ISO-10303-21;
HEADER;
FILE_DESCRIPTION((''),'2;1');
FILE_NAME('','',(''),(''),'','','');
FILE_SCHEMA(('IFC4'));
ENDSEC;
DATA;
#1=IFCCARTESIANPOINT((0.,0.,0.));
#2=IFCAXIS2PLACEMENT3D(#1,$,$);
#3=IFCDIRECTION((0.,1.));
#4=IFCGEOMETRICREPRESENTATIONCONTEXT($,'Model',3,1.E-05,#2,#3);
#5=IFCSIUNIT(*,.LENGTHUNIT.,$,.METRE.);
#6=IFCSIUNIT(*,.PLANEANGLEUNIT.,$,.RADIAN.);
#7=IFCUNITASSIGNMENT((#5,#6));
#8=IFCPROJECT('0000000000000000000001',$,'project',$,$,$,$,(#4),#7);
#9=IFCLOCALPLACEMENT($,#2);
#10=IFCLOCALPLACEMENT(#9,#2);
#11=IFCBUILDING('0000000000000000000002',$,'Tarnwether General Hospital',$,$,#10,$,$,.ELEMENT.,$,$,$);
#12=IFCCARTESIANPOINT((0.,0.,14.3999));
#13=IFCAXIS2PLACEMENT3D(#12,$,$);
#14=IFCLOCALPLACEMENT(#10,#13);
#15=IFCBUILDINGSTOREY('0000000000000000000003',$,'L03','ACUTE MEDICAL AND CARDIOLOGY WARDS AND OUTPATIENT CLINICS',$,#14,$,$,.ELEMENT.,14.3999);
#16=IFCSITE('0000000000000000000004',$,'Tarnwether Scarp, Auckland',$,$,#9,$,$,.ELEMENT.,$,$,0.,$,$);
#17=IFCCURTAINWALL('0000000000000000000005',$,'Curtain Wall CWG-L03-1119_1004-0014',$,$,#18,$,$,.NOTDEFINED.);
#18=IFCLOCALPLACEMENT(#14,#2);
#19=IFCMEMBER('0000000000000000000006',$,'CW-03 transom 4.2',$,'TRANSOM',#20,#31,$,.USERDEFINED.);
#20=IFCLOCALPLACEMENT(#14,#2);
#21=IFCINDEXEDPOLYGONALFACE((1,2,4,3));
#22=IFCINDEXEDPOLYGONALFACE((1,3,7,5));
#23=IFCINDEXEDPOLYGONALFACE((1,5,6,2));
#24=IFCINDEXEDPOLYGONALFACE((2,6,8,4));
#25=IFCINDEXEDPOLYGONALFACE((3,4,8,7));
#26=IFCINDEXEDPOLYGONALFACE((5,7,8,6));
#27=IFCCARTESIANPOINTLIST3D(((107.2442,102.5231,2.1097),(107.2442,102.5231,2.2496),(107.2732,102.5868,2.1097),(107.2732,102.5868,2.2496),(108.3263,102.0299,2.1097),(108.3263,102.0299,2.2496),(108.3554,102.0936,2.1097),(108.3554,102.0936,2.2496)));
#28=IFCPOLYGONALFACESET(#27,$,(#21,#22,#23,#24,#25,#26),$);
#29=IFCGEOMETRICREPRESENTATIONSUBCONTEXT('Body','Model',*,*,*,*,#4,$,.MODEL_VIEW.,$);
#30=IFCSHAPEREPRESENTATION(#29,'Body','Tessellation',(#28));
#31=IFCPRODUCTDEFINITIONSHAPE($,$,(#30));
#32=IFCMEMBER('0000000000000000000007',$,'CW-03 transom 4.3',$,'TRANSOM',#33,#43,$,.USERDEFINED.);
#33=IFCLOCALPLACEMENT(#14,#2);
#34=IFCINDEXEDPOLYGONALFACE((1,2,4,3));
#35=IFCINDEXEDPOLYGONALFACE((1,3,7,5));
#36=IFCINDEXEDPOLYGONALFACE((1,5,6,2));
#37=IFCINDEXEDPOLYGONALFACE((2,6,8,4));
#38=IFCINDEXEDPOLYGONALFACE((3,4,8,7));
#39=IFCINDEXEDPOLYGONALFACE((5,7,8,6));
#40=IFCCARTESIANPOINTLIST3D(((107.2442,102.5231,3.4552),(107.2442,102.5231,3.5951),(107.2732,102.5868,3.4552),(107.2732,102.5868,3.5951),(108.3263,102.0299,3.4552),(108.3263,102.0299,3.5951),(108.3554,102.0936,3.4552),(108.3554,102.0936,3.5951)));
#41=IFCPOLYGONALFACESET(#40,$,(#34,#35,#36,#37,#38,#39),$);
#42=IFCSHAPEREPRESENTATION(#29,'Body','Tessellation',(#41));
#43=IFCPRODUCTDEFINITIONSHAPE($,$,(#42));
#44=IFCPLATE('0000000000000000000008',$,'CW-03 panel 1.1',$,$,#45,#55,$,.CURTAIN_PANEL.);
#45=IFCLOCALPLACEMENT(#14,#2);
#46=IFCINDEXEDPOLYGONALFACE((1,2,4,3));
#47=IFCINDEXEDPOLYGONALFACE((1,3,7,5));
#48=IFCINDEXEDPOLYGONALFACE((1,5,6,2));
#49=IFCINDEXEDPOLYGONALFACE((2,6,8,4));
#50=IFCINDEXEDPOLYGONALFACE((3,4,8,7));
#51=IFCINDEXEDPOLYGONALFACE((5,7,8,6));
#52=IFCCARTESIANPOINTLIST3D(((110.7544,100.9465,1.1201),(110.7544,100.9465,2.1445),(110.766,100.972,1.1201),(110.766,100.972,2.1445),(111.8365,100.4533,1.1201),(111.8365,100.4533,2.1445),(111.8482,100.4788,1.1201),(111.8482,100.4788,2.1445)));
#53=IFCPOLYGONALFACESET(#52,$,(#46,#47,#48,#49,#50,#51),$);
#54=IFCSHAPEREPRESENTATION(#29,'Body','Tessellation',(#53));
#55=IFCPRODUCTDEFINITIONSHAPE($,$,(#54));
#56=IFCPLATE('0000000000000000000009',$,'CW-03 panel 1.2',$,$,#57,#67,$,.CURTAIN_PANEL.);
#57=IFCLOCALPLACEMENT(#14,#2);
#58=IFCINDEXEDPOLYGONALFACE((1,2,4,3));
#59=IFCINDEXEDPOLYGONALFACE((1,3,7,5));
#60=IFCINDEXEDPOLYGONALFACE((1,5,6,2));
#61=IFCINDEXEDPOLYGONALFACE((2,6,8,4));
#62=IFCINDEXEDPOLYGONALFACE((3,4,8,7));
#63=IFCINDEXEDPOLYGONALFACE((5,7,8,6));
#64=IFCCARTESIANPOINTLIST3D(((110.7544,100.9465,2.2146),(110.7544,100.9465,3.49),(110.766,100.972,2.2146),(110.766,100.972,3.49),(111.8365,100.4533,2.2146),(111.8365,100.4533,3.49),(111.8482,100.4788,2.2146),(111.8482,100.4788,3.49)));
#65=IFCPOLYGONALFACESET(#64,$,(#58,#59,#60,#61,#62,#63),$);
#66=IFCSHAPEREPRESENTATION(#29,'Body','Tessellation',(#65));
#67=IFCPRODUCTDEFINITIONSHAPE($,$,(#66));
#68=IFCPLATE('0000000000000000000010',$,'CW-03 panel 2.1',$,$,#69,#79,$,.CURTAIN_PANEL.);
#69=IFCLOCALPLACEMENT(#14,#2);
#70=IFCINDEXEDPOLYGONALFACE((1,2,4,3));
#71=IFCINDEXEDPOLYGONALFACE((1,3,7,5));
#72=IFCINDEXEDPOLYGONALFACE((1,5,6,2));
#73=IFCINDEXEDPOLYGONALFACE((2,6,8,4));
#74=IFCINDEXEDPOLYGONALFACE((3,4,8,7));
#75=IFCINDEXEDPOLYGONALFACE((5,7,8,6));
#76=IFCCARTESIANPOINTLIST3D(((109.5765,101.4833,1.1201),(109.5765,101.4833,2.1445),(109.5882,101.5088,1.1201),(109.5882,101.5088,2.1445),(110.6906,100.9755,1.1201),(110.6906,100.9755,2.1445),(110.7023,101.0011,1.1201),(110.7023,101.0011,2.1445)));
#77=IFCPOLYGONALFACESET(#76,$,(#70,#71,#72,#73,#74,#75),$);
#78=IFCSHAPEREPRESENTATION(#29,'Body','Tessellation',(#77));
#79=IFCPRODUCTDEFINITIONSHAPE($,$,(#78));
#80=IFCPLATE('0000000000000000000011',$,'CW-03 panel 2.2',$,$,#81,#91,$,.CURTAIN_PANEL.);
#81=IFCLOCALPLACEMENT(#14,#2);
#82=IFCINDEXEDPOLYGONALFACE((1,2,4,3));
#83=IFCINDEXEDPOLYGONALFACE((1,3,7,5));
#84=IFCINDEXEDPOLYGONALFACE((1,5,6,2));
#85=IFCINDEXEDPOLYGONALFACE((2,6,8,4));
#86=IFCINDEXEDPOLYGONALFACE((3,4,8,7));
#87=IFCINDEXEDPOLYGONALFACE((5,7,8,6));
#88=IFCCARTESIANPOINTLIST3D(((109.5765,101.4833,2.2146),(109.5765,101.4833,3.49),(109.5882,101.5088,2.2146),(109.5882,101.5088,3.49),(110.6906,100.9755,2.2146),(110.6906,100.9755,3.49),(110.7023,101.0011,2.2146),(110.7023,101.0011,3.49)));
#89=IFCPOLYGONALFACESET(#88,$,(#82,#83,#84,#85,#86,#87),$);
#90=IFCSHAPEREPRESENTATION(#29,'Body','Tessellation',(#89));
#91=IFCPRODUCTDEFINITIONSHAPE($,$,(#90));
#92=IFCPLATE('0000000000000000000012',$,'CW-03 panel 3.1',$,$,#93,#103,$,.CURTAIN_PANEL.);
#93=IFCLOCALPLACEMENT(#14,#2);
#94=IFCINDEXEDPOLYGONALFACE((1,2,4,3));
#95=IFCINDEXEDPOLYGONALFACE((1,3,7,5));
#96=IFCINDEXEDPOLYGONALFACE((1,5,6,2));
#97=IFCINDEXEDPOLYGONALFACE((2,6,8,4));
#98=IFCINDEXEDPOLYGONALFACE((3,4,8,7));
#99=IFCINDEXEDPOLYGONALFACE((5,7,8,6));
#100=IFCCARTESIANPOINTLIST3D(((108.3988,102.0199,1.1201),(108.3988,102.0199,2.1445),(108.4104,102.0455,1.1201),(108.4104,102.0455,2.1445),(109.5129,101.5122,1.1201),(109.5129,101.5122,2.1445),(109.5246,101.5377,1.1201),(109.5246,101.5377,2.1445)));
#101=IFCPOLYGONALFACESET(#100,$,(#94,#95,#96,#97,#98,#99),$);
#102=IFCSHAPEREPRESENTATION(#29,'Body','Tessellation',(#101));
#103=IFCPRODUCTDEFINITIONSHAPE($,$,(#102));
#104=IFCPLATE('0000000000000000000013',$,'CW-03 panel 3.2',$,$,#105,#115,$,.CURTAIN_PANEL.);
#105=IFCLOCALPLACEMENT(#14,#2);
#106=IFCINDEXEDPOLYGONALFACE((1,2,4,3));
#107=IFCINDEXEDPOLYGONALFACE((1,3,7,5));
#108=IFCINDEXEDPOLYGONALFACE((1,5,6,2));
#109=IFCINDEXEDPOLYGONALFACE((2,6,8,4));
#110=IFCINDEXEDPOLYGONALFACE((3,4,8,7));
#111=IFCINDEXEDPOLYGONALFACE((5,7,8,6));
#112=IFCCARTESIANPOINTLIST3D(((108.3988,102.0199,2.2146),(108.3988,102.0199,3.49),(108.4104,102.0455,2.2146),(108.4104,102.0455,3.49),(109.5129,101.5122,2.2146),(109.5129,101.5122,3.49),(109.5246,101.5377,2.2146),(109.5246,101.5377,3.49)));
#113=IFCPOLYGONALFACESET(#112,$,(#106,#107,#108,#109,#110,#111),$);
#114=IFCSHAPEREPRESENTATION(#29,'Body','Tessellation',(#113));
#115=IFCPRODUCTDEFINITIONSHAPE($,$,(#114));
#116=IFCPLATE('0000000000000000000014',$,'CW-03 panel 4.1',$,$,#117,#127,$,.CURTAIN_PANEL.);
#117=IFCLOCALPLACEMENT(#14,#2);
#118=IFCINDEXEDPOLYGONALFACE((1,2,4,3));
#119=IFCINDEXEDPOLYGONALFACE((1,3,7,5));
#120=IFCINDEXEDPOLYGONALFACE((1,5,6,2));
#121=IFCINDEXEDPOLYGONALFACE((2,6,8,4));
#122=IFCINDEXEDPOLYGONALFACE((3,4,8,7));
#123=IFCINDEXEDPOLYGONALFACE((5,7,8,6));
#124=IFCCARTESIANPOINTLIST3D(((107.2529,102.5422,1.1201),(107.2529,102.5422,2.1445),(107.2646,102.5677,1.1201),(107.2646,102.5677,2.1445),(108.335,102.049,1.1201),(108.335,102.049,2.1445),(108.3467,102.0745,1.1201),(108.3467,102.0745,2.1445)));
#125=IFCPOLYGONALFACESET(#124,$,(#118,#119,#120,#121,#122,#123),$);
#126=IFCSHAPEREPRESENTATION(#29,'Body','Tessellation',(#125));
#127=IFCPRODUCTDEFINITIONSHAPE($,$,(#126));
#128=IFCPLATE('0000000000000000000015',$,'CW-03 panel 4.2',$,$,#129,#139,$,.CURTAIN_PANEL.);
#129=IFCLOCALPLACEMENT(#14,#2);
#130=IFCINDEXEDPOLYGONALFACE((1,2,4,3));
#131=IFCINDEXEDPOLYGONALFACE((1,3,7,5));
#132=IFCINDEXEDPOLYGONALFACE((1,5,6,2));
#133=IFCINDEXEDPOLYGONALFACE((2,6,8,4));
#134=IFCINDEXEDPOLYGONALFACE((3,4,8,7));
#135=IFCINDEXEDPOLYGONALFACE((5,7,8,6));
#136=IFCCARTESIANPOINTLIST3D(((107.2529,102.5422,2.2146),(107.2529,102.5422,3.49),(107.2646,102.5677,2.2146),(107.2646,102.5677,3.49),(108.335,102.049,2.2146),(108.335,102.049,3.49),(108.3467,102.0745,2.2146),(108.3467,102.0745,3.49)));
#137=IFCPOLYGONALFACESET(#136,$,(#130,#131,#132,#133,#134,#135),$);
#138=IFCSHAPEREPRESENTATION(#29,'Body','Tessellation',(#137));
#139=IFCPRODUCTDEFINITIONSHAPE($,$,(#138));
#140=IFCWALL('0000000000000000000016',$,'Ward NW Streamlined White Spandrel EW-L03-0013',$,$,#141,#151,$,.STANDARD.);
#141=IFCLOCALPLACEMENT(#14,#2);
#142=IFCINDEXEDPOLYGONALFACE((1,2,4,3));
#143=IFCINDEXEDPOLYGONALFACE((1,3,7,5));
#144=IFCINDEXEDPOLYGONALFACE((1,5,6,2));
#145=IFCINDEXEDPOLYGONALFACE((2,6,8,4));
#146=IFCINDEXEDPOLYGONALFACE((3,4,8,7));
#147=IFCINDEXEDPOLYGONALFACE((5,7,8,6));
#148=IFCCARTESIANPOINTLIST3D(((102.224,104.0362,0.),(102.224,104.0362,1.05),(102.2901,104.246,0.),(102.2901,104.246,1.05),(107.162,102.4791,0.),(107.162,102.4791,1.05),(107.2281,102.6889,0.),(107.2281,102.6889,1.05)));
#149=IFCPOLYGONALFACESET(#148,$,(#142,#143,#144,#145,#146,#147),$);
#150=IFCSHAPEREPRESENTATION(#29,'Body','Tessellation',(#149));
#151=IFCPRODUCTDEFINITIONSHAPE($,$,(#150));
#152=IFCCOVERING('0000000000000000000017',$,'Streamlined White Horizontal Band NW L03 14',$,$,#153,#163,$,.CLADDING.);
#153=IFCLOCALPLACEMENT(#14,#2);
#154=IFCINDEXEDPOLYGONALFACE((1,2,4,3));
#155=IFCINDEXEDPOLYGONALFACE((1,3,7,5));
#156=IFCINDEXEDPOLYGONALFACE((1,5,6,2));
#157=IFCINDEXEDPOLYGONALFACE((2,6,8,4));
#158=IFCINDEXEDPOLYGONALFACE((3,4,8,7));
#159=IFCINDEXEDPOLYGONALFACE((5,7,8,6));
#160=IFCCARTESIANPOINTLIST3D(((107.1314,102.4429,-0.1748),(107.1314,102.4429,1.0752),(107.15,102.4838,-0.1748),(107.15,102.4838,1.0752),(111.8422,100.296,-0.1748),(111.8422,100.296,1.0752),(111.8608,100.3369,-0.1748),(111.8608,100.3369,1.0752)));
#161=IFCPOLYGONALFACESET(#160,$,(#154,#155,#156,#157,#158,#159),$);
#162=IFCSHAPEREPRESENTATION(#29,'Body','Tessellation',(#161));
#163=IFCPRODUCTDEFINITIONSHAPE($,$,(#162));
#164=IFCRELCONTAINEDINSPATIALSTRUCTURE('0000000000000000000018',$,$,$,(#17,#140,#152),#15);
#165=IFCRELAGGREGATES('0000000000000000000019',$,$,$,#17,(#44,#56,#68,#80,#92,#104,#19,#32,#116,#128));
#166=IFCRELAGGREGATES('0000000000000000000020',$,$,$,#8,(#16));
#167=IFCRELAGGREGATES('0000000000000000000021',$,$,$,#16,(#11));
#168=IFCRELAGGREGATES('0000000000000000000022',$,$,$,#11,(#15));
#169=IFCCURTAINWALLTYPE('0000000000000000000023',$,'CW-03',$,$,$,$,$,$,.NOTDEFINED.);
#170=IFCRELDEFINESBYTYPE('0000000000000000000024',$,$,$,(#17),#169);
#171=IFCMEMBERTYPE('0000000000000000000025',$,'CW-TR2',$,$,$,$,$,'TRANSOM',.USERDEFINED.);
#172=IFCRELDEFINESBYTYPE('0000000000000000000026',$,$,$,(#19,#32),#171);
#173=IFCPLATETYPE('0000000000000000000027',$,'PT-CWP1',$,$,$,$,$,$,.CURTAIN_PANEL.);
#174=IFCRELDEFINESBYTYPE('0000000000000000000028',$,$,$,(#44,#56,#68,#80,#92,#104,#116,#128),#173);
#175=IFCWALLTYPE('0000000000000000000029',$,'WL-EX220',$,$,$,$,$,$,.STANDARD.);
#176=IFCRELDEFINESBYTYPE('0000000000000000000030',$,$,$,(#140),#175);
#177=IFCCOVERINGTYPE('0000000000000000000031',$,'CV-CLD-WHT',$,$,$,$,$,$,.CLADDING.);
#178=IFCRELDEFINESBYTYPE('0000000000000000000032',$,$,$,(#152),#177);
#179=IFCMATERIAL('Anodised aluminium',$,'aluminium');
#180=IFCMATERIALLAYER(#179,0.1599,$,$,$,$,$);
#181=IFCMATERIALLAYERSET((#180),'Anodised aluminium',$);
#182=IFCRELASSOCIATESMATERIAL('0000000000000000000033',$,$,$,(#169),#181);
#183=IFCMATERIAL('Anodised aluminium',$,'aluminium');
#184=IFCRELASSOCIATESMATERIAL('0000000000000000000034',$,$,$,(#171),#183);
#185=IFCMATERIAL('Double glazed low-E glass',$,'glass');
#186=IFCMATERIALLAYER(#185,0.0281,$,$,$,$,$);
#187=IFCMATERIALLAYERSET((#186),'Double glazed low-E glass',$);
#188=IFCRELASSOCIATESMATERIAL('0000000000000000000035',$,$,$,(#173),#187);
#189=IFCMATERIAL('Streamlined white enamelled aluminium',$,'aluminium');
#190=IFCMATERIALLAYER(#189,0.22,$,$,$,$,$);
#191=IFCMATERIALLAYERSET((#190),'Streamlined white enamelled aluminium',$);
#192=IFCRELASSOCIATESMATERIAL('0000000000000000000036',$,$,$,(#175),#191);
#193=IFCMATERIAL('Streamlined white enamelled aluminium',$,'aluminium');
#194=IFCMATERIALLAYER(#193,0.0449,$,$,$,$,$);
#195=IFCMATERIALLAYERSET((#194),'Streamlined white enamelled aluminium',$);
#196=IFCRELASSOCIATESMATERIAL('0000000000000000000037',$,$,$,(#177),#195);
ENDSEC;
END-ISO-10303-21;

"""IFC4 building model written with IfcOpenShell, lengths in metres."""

from ifc_helpers import new_model, si_unit, direction, frame, frame_2d, origin, origin_2d, place, context, subcontext, project, spatial, rectangle, extrude, material, layer, layer_set, material_profile, profile_set, type_object, element, aggregate, save


model = new_model("IFC4")

# Units and contexts
model_context = context("Model", 3, precision=1e-05, world=origin(), true_north=direction((0.0, 1.0)))
body_context = subcontext(model_context, "Body", "Model", "MODEL_VIEW")
ifc_project = project(units=[si_unit("LENGTHUNIT", "METRE"), si_unit("PLANEANGLEUNIT", "RADIAN")], contexts=[model_context])

# Site, building, storey
site_placement = place(None, origin())
site = spatial("IfcSite", under=ifc_project, at=site_placement, Name="Tarnwether Scarp, Auckland", CompositionType="ELEMENT", RefElevation=0.0)
building_placement = place(site_placement, origin())
building = spatial("IfcBuilding", under=site, at=building_placement, Name="Tarnwether General Hospital", CompositionType="ELEMENT")
storey_placement = place(building_placement, frame((0.0, 0.0, 14.3999)))
storey = spatial("IfcBuildingStorey", under=building, at=storey_placement, Name="L03", Description="ACUTE MEDICAL AND CARDIOLOGY WARDS AND OUTPATIENT CLINICS", CompositionType="ELEMENT", Elevation=14.3999)

# Shared definitions
ifc_material_1 = material(Name="Anodised aluminium", Category="aluminium")
ifc_layer_1 = layer(ifc_material_1, 0.1599)
ifc_layer_set_1 = layer_set([ifc_layer_1], Name="Anodised aluminium")
curtain_wall_type = type_object("IfcCurtainWallType", Name="CW-03", PredefinedType="NOTDEFINED", material=ifc_layer_set_1)

# Curtain wall
curtain_wall_1_placement = place(storey_placement, origin())
curtain_wall_1 = element("IfcCurtainWall", 1, at=curtain_wall_1_placement, inside=storey, type_object=curtain_wall_type, Name="Curtain Wall CWG-L03-1119_1004-0014", PredefinedType="NOTDEFINED")

# Members
ifc_material_2 = material(Name="Anodised aluminium", Category="aluminium")
ifc_material_profile_1 = material_profile(ifc_material_2, rectangle(XDim=0.0701, YDim=0.1399, at=origin_2d()), Name="ALU-TRN-70x140")
ifc_profile_set_1 = profile_set([ifc_material_profile_1], Name="Anodised aluminium")
member_type_1 = type_object("IfcMemberType", Name="CW-TR2", ElementType="TRANSOM", PredefinedType="USERDEFINED", material=ifc_profile_set_1)
member_1_placement = place(storey_placement, frame((108.3408, 102.0618, 2.1797), z_axis=(-0.909944, 0.414731, 0.0), x_axis=(-0.414731, -0.909944, 0.0)))
member_1 = element("IfcMember", 2, at=member_1_placement, type_object=member_type_1, Name="CW-03 transom 4.2", ObjectType="TRANSOM", PredefinedType="USERDEFINED", context=body_context, shape_type="SweptSolid", body=[
    extrude(rectangle(XDim=0.0701, YDim=0.1399, at=origin_2d()), origin(), (0.0, 0.0, 1.0), 1.1892),
])
member_2_placement = place(storey_placement, frame((108.3408, 102.0618, 3.5251), z_axis=(-0.909944, 0.414731, 0.0), x_axis=(-0.414731, -0.909944, 0.0)))
member_2 = element("IfcMember", 3, at=member_2_placement, type_object=member_type_1, Name="CW-03 transom 4.3", ObjectType="TRANSOM", PredefinedType="USERDEFINED", context=body_context, shape_type="SweptSolid", body=[
    extrude(rectangle(XDim=0.0701, YDim=0.1399, at=origin_2d()), origin(), (0.0, 0.0, 1.0), 1.1892),
])

# Plates
ifc_material_3 = material(Name="Double glazed low-E glass", Category="glass")
ifc_layer_2 = layer(ifc_material_3, 0.0281)
ifc_layer_set_2 = layer_set([ifc_layer_2], Name="Double glazed low-E glass")
plate_type = type_object("IfcPlateType", Name="PT-CWP1", PredefinedType="CURTAIN_PANEL", material=ifc_layer_set_2)
plate_1_placement = place(storey_placement, frame((111.3013, 100.7126, 1.1201), z_axis=(0.0, 0.0, 1.0), x_axis=(-0.909956, 0.414705, 0.0)))
plate_1 = element("IfcPlate", 4, at=plate_1_placement, type_object=plate_type, Name="CW-03 panel 1.1", PredefinedType="CURTAIN_PANEL", context=body_context, shape_type="SweptSolid", body=[
    extrude(rectangle(XDim=1.1892, YDim=0.0281, at=origin_2d()), origin(), (0.0, 0.0, 1.0), 1.0244),
])
plate_2_placement = place(storey_placement, frame((111.3013, 100.7126, 2.2146), z_axis=(0.0, 0.0, 1.0), x_axis=(-0.909956, 0.414705, 0.0)))
plate_2 = element("IfcPlate", 5, at=plate_2_placement, type_object=plate_type, Name="CW-03 panel 1.2", PredefinedType="CURTAIN_PANEL", context=body_context, shape_type="SweptSolid", body=[
    extrude(rectangle(XDim=1.1892, YDim=0.0281, at=origin_2d()), origin(), (0.0, 0.0, 1.0), 1.2754),
])
plate_3_placement = place(storey_placement, frame((110.1394, 101.2422, 1.1201), z_axis=(0.0, 0.0, 1.0), x_axis=(-0.909956, 0.414705, 0.0)))
plate_3 = element("IfcPlate", 6, at=plate_3_placement, type_object=plate_type, Name="CW-03 panel 2.1", PredefinedType="CURTAIN_PANEL", context=body_context, shape_type="SweptSolid", body=[
    extrude(rectangle(XDim=1.2244, YDim=0.0281, at=origin_2d()), origin(), (0.0, 0.0, 1.0), 1.0244),
])
plate_4_placement = place(storey_placement, frame((110.1394, 101.2422, 2.2146), z_axis=(0.0, 0.0, 1.0), x_axis=(-0.909956, 0.414705, 0.0)))
plate_4 = element("IfcPlate", 7, at=plate_4_placement, type_object=plate_type, Name="CW-03 panel 2.2", PredefinedType="CURTAIN_PANEL", context=body_context, shape_type="SweptSolid", body=[
    extrude(rectangle(XDim=1.2244, YDim=0.0281, at=origin_2d()), origin(), (0.0, 0.0, 1.0), 1.2754),
])
plate_5_placement = place(storey_placement, frame((108.9617, 101.7788, 1.1201), z_axis=(0.0, 0.0, 1.0), x_axis=(-0.909956, 0.414705, 0.0)))
plate_5 = element("IfcPlate", 8, at=plate_5_placement, type_object=plate_type, Name="CW-03 panel 3.1", PredefinedType="CURTAIN_PANEL", context=body_context, shape_type="SweptSolid", body=[
    extrude(rectangle(XDim=1.2244, YDim=0.0281, at=origin_2d()), origin(), (0.0, 0.0, 1.0), 1.0244),
])
plate_6_placement = place(storey_placement, frame((108.9617, 101.7788, 2.2146), z_axis=(0.0, 0.0, 1.0), x_axis=(-0.909956, 0.414705, 0.0)))
plate_6 = element("IfcPlate", 9, at=plate_6_placement, type_object=plate_type, Name="CW-03 panel 3.2", PredefinedType="CURTAIN_PANEL", context=body_context, shape_type="SweptSolid", body=[
    extrude(rectangle(XDim=1.2244, YDim=0.0281, at=origin_2d()), origin(), (0.0, 0.0, 1.0), 1.2754),
])
plate_7_placement = place(storey_placement, frame((107.7998, 102.3083, 1.1201), z_axis=(0.0, 0.0, 1.0), x_axis=(-0.909956, 0.414705, 0.0)))
plate_7 = element("IfcPlate", 10, at=plate_7_placement, type_object=plate_type, Name="CW-03 panel 4.1", PredefinedType="CURTAIN_PANEL", context=body_context, shape_type="SweptSolid", body=[
    extrude(rectangle(XDim=1.1892, YDim=0.0281, at=origin_2d()), origin(), (0.0, 0.0, 1.0), 1.0244),
])
plate_8_placement = place(storey_placement, frame((107.7998, 102.3083, 2.2146), z_axis=(0.0, 0.0, 1.0), x_axis=(-0.909956, 0.414705, 0.0)))
plate_8 = element("IfcPlate", 11, at=plate_8_placement, type_object=plate_type, Name="CW-03 panel 4.2", PredefinedType="CURTAIN_PANEL", context=body_context, shape_type="SweptSolid", body=[
    extrude(rectangle(XDim=1.1892, YDim=0.0281, at=origin_2d()), origin(), (0.0, 0.0, 1.0), 1.2754),
])
aggregate(curtain_wall_1, [plate_1, plate_2, plate_3, plate_4, plate_5, plate_6, member_1, member_2, plate_7, plate_8])

# Wall
ifc_material_4 = material(Name="Streamlined white enamelled aluminium", Category="aluminium")
ifc_layer_3 = layer(ifc_material_4, 0.22)
ifc_layer_set_3 = layer_set([ifc_layer_3], Name="Streamlined white enamelled aluminium")
wall_type = type_object("IfcWallType", Name="WL-EX220", PredefinedType="STANDARD", material=ifc_layer_set_3)
wall_placement = place(storey_placement, frame((107.1951, 102.584, 0.0), z_axis=(0.0, 0.0, 1.0), x_axis=(-0.953707, 0.300739, 0.0)))
element("IfcWall", 12, at=wall_placement, inside=storey, type_object=wall_type, Name="Ward NW Streamlined White Spandrel EW-L03-0013", PredefinedType="STANDARD", context=body_context, shape_type="SweptSolid", body=[
    extrude(rectangle(XDim=5.1777, YDim=0.22, at=frame_2d((2.5889, 0.0))), origin(), (0.0, 0.0, 1.0), 1.05),
])

# Covering
ifc_material_5 = material(Name="Streamlined white enamelled aluminium", Category="aluminium")
ifc_layer_4 = layer(ifc_material_5, 0.0449)
ifc_layer_set_4 = layer_set([ifc_layer_4], Name="Streamlined white enamelled aluminium")
covering_type = type_object("IfcCoveringType", Name="CV-CLD-WHT", PredefinedType="CLADDING", material=ifc_layer_set_4)
covering_placement = place(storey_placement, frame((109.4961, 101.3899, -0.1748), z_axis=(0.0, 0.0, 1.0), x_axis=(-0.909954, 0.414709, 0.0)))
element("IfcCovering", 13, at=covering_placement, inside=storey, type_object=covering_type, Name="Streamlined White Horizontal Band NW L03 14", PredefinedType="CLADDING", context=body_context, shape_type="SweptSolid", body=[
    extrude(rectangle(XDim=5.177, YDim=0.0449, at=origin_2d()), origin(), (0.0, 0.0, 1.0), 1.25),
])

save(model, "model.ifc")
